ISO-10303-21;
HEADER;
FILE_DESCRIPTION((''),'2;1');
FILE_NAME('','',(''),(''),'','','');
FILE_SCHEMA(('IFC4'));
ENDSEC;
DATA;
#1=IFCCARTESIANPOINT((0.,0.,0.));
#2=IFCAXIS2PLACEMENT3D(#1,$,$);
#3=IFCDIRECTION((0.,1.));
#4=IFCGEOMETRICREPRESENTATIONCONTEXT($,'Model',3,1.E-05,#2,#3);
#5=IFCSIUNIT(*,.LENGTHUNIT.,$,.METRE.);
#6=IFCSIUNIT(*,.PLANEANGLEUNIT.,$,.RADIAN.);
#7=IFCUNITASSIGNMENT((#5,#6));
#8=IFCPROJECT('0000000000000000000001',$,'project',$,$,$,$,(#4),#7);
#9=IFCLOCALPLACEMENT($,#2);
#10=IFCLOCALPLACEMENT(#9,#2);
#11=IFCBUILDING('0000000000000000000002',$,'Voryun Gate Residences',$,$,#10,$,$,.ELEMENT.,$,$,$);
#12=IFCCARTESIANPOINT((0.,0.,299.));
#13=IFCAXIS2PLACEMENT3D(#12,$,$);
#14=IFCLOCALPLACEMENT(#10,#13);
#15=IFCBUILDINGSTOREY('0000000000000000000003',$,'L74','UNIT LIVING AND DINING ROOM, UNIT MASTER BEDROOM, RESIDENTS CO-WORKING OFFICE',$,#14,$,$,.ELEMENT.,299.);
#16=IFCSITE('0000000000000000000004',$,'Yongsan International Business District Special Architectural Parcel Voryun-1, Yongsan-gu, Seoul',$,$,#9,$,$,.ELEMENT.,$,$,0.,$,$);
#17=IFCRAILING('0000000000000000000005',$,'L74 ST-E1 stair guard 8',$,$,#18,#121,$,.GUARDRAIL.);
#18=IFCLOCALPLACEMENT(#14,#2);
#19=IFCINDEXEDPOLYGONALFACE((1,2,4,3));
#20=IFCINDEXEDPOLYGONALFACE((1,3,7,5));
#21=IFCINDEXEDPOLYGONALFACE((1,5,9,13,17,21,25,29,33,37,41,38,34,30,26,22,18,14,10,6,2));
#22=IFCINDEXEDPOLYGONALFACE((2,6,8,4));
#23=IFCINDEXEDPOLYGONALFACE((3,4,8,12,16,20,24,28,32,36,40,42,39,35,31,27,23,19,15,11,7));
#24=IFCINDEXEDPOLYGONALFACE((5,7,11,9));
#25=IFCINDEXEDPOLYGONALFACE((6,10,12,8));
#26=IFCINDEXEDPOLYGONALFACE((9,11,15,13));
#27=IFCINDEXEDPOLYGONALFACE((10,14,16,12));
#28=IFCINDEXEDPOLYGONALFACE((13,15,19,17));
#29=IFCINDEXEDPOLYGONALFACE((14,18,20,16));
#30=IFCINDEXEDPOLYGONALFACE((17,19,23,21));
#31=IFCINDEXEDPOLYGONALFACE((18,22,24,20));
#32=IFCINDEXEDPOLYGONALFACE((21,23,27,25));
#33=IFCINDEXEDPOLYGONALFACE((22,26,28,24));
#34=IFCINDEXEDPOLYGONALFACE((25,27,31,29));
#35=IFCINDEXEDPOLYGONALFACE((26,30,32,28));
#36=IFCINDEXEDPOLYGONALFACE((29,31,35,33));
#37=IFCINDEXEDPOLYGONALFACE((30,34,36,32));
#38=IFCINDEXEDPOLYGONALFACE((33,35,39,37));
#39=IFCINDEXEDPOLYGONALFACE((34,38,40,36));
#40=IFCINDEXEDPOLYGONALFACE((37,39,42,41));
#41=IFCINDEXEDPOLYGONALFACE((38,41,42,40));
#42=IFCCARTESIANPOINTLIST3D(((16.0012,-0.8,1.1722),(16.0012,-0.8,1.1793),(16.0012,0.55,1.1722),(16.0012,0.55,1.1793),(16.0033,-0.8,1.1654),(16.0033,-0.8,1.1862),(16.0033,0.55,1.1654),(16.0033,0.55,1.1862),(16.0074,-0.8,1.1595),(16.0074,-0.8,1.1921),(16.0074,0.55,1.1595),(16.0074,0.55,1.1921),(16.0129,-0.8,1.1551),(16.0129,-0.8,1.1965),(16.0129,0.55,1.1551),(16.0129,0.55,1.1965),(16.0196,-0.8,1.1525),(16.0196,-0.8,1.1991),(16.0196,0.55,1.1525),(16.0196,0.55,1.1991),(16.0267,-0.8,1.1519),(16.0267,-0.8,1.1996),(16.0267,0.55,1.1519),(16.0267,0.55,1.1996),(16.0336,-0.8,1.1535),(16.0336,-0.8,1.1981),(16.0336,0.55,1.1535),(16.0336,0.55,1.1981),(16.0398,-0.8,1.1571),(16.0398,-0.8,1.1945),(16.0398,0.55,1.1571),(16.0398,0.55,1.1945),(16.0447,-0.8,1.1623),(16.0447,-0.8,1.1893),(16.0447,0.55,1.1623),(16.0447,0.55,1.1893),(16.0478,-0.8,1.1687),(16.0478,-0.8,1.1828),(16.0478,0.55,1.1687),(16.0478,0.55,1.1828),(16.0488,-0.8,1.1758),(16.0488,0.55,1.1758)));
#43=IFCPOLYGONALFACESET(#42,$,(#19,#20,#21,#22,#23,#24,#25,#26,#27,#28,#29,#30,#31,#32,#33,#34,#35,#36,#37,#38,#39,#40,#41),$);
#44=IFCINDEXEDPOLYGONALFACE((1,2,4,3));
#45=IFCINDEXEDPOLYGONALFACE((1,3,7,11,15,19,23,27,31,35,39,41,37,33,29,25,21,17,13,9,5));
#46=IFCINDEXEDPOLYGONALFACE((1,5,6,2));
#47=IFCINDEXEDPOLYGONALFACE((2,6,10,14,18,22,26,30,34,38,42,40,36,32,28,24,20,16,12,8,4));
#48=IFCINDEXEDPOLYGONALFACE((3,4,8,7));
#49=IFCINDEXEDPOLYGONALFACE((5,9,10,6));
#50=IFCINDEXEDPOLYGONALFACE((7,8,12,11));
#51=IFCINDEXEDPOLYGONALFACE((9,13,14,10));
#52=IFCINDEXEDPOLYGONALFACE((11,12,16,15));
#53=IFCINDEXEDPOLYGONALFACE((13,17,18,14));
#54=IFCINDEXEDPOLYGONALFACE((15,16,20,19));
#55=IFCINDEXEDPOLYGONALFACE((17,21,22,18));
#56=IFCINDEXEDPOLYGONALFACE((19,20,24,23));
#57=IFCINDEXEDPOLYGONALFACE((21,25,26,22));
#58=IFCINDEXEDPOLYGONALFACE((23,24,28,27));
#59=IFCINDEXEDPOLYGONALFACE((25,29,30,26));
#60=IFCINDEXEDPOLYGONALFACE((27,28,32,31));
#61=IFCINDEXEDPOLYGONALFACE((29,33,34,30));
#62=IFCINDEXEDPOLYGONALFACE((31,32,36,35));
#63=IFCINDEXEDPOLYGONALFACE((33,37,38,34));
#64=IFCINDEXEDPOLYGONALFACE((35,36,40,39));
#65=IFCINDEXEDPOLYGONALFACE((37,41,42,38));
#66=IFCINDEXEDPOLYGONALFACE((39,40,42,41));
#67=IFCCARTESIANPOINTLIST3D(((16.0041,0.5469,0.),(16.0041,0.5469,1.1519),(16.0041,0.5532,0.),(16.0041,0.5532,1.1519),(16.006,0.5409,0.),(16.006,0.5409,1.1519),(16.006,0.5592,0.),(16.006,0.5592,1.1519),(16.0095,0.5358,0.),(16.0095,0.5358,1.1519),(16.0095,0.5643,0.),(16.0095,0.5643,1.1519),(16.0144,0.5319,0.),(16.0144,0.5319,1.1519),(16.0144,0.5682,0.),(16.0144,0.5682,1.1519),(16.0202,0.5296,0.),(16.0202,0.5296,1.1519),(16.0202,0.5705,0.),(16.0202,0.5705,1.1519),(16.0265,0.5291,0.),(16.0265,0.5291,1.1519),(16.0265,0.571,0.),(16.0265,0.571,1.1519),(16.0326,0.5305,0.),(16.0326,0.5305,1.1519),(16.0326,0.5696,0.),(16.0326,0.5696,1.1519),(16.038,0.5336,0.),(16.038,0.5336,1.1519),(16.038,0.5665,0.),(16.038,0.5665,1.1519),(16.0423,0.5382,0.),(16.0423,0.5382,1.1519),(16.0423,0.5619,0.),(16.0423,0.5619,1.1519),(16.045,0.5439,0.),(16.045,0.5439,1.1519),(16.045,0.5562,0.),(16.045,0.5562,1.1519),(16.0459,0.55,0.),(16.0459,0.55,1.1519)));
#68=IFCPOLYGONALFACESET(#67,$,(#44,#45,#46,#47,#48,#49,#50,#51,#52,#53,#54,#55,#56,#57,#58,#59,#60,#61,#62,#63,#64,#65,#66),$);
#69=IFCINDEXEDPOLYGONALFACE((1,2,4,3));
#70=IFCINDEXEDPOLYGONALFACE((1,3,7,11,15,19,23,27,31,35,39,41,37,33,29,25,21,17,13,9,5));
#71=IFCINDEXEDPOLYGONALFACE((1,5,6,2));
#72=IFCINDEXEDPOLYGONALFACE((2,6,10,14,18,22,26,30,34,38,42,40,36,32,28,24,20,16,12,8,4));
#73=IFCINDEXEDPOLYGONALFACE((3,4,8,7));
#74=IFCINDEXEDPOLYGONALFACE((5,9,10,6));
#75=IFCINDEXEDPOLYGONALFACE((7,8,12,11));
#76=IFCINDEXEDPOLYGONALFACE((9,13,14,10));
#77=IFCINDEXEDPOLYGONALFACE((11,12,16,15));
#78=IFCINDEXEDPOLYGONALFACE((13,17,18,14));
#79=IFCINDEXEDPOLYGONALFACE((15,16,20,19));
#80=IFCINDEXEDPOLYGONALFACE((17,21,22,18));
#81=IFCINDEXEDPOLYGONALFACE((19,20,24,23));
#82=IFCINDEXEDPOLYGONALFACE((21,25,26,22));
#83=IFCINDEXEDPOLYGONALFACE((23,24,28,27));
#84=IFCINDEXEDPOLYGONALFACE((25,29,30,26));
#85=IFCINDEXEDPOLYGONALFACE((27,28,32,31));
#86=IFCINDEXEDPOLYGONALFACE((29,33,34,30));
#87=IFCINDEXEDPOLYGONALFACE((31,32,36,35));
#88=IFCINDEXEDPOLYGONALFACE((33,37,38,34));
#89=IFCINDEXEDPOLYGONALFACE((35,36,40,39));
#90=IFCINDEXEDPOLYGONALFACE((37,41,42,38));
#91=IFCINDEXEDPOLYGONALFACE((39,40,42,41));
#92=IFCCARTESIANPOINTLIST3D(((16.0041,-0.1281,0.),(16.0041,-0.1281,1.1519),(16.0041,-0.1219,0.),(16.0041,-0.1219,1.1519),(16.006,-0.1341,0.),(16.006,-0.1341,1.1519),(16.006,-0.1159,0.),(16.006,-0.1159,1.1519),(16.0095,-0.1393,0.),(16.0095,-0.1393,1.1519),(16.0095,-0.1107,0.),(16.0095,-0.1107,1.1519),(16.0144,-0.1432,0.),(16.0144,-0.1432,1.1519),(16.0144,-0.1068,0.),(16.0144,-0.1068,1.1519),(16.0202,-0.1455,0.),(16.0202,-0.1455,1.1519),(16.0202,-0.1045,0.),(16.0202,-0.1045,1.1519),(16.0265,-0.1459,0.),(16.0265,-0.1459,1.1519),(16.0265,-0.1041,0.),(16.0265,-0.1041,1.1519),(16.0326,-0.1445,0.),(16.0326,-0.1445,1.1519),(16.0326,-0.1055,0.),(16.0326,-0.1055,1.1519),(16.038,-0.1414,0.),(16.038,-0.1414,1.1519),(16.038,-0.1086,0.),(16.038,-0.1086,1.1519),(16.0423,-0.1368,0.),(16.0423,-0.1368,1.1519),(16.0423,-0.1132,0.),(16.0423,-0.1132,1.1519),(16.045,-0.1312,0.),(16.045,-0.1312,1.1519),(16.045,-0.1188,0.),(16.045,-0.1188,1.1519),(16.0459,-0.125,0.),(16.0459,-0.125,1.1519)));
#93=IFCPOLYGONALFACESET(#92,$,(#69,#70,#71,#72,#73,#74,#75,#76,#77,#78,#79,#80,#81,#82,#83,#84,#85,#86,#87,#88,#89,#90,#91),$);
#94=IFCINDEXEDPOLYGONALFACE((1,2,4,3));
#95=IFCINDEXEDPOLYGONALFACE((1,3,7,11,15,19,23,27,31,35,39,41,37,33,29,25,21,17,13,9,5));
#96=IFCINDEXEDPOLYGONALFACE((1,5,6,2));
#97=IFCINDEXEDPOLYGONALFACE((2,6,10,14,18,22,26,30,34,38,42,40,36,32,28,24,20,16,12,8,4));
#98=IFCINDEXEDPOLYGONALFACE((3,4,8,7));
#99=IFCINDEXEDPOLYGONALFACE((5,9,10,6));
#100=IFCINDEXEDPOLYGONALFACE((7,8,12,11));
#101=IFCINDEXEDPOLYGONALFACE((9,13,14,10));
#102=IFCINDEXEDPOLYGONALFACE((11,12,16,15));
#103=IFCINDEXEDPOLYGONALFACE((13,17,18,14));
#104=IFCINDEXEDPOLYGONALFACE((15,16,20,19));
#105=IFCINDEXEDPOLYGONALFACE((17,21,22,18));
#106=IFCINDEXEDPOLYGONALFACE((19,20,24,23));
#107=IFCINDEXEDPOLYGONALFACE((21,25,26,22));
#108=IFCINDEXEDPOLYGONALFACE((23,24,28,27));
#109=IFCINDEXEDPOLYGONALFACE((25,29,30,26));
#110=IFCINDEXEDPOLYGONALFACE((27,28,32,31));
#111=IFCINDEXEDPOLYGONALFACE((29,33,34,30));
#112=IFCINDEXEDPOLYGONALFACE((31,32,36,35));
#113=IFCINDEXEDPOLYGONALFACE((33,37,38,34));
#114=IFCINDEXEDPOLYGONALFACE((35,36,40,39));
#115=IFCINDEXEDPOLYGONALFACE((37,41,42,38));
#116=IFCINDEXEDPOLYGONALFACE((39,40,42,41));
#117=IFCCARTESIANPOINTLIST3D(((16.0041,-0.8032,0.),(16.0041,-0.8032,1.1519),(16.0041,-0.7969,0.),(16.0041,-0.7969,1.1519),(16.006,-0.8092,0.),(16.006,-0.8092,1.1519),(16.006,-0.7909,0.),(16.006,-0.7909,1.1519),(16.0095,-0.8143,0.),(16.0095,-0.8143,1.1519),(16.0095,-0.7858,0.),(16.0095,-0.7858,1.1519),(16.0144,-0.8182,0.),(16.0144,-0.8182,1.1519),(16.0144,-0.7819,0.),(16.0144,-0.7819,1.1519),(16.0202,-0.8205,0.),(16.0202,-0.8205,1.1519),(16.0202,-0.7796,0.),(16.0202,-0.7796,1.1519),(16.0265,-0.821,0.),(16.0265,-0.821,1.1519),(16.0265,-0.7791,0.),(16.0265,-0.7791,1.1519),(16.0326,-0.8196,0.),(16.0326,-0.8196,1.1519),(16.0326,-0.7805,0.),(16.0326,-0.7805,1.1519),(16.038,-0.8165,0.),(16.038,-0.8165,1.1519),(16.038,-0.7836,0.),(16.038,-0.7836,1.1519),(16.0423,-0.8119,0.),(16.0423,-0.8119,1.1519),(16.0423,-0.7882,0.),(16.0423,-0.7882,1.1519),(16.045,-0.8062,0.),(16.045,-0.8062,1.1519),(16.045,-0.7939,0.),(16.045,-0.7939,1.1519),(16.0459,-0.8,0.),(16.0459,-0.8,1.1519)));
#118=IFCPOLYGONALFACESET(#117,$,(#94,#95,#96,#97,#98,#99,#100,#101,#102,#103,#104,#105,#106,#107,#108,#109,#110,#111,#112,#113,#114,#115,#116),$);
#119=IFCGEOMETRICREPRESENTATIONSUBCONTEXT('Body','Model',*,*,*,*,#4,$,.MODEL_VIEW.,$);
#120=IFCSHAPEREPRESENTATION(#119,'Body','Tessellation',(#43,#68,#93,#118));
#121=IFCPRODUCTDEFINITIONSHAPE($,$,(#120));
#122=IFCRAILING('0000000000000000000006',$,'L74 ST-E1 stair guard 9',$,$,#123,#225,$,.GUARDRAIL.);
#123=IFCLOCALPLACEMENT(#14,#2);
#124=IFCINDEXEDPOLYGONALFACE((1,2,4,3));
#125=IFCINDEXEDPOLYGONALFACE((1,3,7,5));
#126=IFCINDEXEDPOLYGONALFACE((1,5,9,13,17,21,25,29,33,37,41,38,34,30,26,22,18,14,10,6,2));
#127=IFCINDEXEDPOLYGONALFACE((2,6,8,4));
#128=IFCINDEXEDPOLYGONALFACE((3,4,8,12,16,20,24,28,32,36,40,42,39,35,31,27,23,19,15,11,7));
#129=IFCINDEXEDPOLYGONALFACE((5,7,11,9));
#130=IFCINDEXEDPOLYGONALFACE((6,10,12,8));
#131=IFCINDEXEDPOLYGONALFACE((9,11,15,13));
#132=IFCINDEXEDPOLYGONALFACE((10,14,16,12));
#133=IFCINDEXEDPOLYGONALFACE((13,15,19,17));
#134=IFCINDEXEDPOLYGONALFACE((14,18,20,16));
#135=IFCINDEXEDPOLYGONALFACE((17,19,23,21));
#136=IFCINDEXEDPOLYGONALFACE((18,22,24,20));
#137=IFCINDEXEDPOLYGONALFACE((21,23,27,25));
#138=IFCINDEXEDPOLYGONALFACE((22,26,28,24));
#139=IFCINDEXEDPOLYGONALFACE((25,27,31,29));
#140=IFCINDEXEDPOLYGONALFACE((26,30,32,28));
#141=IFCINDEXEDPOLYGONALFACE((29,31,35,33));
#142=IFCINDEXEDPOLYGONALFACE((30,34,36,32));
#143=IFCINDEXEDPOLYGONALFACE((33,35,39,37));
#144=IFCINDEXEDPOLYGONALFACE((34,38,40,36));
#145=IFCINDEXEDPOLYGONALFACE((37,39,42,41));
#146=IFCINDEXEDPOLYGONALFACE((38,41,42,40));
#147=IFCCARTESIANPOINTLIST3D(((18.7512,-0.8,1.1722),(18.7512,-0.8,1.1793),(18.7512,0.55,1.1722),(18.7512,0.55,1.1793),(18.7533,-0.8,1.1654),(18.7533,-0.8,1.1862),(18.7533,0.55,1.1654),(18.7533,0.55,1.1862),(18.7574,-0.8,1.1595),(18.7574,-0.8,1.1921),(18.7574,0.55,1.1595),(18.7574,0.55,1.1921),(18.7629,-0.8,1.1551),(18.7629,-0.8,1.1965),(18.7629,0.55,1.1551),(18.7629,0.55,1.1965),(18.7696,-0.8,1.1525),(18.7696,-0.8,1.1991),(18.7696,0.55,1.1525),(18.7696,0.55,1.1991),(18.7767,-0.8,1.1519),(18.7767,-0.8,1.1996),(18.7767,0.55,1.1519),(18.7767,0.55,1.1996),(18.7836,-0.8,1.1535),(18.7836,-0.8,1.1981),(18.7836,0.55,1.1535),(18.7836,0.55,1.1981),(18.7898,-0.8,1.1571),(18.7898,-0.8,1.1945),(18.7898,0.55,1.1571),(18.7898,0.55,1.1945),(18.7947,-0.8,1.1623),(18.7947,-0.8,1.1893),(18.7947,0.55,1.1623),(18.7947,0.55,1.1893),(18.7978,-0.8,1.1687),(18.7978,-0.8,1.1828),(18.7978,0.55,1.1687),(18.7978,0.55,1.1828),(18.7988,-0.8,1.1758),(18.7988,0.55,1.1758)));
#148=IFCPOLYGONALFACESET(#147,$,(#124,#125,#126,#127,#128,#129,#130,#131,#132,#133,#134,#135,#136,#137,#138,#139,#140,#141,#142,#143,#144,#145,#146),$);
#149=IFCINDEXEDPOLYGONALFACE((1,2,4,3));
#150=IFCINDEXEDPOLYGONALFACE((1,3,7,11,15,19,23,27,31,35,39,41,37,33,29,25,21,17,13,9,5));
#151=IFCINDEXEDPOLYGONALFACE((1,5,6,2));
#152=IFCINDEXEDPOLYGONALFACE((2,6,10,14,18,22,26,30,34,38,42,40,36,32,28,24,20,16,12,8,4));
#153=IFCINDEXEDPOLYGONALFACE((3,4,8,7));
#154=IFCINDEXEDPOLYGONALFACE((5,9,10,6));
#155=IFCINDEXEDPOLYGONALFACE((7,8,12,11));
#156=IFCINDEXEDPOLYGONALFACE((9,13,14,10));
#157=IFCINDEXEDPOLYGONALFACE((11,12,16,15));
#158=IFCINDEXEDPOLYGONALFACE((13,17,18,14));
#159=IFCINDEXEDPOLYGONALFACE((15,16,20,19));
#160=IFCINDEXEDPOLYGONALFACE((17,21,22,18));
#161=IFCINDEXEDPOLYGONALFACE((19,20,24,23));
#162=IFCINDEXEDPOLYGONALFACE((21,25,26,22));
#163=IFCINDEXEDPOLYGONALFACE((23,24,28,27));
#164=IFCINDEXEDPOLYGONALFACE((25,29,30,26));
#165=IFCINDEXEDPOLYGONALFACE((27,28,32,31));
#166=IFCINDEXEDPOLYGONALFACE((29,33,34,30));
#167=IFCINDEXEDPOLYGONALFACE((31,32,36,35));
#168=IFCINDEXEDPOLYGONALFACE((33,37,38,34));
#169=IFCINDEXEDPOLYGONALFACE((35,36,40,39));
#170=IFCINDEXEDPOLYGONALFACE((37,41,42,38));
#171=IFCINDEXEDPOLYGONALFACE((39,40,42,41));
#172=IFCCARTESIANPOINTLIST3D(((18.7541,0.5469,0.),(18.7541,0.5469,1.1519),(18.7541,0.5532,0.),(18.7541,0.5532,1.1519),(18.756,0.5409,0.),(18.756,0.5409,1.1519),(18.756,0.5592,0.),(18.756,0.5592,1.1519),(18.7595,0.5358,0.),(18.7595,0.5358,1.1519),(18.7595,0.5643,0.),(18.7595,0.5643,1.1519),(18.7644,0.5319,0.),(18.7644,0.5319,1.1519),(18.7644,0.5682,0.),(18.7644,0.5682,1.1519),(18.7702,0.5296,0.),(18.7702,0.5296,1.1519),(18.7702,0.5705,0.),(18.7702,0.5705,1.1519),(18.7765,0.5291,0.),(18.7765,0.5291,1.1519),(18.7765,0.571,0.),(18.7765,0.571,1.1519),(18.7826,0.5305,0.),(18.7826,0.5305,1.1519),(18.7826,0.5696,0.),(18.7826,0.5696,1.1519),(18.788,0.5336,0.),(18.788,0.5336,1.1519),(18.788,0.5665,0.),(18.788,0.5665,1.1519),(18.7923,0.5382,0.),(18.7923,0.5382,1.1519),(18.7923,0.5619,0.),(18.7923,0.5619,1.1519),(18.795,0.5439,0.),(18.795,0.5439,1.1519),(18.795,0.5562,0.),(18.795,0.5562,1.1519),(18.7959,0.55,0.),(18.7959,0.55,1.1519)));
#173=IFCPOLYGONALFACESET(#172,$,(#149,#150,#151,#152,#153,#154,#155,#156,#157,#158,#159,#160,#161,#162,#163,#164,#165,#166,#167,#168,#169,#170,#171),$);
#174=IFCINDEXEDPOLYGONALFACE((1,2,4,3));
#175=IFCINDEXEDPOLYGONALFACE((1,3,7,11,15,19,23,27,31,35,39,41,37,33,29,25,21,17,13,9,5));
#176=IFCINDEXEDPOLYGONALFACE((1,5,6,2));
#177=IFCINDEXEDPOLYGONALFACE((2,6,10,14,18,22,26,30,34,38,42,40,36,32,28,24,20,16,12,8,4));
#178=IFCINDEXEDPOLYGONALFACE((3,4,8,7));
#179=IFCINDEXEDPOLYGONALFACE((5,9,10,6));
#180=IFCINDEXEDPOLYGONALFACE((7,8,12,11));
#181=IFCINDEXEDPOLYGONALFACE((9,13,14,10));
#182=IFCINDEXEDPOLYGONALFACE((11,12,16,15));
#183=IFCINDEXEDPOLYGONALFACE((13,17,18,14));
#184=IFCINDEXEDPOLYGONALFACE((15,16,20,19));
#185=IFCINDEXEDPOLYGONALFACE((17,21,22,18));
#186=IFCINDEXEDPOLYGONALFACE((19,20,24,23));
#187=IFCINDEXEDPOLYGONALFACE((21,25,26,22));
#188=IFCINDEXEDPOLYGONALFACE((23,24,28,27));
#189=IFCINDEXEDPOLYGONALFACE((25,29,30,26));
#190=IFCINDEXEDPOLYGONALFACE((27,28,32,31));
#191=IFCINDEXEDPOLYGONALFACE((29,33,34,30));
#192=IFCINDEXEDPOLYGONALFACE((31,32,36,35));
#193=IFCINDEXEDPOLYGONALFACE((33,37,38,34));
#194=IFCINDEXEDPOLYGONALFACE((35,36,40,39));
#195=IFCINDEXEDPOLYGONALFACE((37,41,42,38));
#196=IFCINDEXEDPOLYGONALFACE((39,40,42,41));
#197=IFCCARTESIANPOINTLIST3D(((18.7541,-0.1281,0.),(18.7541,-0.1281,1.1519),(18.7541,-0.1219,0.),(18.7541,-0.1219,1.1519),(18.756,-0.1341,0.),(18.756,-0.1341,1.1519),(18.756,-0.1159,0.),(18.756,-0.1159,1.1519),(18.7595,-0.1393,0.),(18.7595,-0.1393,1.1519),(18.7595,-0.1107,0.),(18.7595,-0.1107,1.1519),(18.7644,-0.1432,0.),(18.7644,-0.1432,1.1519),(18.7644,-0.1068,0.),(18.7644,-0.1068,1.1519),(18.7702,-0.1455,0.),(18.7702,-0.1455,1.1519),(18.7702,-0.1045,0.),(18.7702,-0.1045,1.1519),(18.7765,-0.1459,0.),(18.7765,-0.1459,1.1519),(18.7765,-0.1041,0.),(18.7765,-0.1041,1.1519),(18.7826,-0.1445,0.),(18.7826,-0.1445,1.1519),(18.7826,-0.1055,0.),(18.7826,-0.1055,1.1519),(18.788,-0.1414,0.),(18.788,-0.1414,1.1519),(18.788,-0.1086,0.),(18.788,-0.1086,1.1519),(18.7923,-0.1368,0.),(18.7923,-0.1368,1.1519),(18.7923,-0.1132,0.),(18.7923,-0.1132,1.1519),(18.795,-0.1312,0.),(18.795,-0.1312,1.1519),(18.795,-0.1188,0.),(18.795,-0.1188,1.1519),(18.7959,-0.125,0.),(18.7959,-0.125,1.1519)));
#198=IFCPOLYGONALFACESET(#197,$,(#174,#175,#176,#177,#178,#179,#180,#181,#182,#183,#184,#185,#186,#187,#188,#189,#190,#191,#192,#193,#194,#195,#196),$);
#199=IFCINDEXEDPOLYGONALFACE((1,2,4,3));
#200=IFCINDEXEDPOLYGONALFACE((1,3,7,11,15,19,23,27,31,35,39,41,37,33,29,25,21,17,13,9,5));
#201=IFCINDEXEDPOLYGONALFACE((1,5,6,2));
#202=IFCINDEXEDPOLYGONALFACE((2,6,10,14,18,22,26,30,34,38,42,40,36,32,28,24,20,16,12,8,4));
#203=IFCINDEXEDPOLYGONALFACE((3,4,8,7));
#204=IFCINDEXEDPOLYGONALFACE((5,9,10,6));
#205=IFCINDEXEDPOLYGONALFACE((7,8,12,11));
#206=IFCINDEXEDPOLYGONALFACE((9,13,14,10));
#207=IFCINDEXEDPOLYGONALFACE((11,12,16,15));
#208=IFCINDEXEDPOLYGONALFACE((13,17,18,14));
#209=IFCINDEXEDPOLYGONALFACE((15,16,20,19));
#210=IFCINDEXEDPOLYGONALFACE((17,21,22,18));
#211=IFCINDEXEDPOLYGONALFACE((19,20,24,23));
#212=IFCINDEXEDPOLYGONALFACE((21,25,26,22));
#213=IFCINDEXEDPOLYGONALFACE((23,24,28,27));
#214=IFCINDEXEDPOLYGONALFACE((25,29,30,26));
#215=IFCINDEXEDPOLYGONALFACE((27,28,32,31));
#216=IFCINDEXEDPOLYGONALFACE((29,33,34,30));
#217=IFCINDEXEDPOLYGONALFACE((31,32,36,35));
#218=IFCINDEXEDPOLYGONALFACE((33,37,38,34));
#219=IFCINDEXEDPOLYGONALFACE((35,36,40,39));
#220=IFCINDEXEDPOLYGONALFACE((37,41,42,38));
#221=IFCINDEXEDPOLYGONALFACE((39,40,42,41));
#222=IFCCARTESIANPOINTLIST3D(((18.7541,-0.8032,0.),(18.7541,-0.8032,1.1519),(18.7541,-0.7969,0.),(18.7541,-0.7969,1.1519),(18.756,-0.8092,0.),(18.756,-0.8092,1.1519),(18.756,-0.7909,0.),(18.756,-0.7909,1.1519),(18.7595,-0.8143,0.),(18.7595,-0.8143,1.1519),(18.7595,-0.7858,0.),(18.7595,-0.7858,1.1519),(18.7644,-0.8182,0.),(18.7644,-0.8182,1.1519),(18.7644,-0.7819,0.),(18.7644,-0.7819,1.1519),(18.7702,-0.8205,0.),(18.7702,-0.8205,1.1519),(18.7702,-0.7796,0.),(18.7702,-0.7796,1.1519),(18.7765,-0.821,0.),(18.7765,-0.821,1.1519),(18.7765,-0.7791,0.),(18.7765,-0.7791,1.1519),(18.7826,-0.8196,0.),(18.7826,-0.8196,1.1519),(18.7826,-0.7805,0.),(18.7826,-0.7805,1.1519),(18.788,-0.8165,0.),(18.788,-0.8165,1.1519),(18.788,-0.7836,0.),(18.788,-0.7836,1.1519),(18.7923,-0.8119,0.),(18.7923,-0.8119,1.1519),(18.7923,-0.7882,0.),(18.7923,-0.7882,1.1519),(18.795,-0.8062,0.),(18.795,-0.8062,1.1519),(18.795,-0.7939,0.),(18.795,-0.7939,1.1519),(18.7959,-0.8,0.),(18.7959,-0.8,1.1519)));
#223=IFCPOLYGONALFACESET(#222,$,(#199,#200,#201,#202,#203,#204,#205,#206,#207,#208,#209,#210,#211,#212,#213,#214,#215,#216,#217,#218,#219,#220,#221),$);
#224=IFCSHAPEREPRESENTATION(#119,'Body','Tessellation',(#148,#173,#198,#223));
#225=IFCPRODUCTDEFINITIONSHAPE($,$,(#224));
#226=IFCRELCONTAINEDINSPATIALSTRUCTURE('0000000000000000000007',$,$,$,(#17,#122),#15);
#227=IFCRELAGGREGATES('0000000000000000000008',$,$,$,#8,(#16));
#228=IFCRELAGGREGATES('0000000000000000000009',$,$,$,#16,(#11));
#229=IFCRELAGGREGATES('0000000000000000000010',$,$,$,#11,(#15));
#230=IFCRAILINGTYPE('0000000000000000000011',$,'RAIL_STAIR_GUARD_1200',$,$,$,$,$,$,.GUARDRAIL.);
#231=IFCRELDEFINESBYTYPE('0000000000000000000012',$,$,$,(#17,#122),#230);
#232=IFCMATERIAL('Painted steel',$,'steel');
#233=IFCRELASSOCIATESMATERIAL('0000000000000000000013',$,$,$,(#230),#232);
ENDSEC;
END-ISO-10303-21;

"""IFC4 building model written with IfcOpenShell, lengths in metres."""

from ifc_helpers import new_model, si_unit, direction, frame, origin, origin_2d, place, context, subcontext, project, spatial, circle, extrude, material, type_object, element, save


model = new_model("IFC4")

# Units and contexts
model_context = context("Model", 3, precision=1e-05, world=origin(), true_north=direction((0.0, 1.0)))
body_context = subcontext(model_context, "Body", "Model", "MODEL_VIEW")
ifc_project = project(units=[si_unit("LENGTHUNIT", "METRE"), si_unit("PLANEANGLEUNIT", "RADIAN")], contexts=[model_context])

# Site, building, storey
site_placement = place(None, origin())
site = spatial("IfcSite", under=ifc_project, at=site_placement, Name="Yongsan International Business District Special Architectural Parcel Voryun-1, Yongsan-gu, Seoul", CompositionType="ELEMENT", RefElevation=0.0)
building_placement = place(site_placement, origin())
building = spatial("IfcBuilding", under=site, at=building_placement, Name="Voryun Gate Residences", CompositionType="ELEMENT")
storey_placement = place(building_placement, frame((0.0, 0.0, 299.0)))
storey = spatial("IfcBuildingStorey", under=building, at=storey_placement, Name="L74", Description="UNIT LIVING AND DINING ROOM, UNIT MASTER BEDROOM, RESIDENTS CO-WORKING OFFICE", CompositionType="ELEMENT", Elevation=299.0)

# Railings
ifc_material_1 = material(Name="Painted steel", Category="steel")
railing_type = type_object("IfcRailingType", Name="RAIL_STAIR_GUARD_1200", PredefinedType="GUARDRAIL", material=ifc_material_1)
for number, where, name in (
    (1, (16.0249, 0.55, 0.0), "L74 ST-E1 stair guard 8"),
    (2, (18.7749, 0.55, 0.0), "L74 ST-E1 stair guard 9"),
):
    element("IfcRailing", number, at=place(storey_placement, frame(where)), inside=storey, type_object=railing_type, Name=name, PredefinedType="GUARDRAIL", context=body_context, shape_type="SweptSolid", body=[
        extrude(circle(Radius=0.0239, at=origin_2d()), frame((0.0, 0.0, 1.1758), z_axis=(0.0, -1.0, 0.0), x_axis=(1.0, 0.0, 0.0)), (0.0, 0.0, 1.0), 1.3501),
        extrude(circle(Radius=0.021, at=origin_2d()), origin(), (0.0, 0.0, 1.0), 1.1519),
        extrude(circle(Radius=0.021, at=origin_2d()), frame((0.0, -0.675, 0.0)), (0.0, 0.0, 1.0), 1.1519),
        extrude(circle(Radius=0.021, at=origin_2d()), frame((0.0, -1.3501, 0.0)), (0.0, 0.0, 1.0), 1.1519),
    ])

save(model, "model.ifc")
